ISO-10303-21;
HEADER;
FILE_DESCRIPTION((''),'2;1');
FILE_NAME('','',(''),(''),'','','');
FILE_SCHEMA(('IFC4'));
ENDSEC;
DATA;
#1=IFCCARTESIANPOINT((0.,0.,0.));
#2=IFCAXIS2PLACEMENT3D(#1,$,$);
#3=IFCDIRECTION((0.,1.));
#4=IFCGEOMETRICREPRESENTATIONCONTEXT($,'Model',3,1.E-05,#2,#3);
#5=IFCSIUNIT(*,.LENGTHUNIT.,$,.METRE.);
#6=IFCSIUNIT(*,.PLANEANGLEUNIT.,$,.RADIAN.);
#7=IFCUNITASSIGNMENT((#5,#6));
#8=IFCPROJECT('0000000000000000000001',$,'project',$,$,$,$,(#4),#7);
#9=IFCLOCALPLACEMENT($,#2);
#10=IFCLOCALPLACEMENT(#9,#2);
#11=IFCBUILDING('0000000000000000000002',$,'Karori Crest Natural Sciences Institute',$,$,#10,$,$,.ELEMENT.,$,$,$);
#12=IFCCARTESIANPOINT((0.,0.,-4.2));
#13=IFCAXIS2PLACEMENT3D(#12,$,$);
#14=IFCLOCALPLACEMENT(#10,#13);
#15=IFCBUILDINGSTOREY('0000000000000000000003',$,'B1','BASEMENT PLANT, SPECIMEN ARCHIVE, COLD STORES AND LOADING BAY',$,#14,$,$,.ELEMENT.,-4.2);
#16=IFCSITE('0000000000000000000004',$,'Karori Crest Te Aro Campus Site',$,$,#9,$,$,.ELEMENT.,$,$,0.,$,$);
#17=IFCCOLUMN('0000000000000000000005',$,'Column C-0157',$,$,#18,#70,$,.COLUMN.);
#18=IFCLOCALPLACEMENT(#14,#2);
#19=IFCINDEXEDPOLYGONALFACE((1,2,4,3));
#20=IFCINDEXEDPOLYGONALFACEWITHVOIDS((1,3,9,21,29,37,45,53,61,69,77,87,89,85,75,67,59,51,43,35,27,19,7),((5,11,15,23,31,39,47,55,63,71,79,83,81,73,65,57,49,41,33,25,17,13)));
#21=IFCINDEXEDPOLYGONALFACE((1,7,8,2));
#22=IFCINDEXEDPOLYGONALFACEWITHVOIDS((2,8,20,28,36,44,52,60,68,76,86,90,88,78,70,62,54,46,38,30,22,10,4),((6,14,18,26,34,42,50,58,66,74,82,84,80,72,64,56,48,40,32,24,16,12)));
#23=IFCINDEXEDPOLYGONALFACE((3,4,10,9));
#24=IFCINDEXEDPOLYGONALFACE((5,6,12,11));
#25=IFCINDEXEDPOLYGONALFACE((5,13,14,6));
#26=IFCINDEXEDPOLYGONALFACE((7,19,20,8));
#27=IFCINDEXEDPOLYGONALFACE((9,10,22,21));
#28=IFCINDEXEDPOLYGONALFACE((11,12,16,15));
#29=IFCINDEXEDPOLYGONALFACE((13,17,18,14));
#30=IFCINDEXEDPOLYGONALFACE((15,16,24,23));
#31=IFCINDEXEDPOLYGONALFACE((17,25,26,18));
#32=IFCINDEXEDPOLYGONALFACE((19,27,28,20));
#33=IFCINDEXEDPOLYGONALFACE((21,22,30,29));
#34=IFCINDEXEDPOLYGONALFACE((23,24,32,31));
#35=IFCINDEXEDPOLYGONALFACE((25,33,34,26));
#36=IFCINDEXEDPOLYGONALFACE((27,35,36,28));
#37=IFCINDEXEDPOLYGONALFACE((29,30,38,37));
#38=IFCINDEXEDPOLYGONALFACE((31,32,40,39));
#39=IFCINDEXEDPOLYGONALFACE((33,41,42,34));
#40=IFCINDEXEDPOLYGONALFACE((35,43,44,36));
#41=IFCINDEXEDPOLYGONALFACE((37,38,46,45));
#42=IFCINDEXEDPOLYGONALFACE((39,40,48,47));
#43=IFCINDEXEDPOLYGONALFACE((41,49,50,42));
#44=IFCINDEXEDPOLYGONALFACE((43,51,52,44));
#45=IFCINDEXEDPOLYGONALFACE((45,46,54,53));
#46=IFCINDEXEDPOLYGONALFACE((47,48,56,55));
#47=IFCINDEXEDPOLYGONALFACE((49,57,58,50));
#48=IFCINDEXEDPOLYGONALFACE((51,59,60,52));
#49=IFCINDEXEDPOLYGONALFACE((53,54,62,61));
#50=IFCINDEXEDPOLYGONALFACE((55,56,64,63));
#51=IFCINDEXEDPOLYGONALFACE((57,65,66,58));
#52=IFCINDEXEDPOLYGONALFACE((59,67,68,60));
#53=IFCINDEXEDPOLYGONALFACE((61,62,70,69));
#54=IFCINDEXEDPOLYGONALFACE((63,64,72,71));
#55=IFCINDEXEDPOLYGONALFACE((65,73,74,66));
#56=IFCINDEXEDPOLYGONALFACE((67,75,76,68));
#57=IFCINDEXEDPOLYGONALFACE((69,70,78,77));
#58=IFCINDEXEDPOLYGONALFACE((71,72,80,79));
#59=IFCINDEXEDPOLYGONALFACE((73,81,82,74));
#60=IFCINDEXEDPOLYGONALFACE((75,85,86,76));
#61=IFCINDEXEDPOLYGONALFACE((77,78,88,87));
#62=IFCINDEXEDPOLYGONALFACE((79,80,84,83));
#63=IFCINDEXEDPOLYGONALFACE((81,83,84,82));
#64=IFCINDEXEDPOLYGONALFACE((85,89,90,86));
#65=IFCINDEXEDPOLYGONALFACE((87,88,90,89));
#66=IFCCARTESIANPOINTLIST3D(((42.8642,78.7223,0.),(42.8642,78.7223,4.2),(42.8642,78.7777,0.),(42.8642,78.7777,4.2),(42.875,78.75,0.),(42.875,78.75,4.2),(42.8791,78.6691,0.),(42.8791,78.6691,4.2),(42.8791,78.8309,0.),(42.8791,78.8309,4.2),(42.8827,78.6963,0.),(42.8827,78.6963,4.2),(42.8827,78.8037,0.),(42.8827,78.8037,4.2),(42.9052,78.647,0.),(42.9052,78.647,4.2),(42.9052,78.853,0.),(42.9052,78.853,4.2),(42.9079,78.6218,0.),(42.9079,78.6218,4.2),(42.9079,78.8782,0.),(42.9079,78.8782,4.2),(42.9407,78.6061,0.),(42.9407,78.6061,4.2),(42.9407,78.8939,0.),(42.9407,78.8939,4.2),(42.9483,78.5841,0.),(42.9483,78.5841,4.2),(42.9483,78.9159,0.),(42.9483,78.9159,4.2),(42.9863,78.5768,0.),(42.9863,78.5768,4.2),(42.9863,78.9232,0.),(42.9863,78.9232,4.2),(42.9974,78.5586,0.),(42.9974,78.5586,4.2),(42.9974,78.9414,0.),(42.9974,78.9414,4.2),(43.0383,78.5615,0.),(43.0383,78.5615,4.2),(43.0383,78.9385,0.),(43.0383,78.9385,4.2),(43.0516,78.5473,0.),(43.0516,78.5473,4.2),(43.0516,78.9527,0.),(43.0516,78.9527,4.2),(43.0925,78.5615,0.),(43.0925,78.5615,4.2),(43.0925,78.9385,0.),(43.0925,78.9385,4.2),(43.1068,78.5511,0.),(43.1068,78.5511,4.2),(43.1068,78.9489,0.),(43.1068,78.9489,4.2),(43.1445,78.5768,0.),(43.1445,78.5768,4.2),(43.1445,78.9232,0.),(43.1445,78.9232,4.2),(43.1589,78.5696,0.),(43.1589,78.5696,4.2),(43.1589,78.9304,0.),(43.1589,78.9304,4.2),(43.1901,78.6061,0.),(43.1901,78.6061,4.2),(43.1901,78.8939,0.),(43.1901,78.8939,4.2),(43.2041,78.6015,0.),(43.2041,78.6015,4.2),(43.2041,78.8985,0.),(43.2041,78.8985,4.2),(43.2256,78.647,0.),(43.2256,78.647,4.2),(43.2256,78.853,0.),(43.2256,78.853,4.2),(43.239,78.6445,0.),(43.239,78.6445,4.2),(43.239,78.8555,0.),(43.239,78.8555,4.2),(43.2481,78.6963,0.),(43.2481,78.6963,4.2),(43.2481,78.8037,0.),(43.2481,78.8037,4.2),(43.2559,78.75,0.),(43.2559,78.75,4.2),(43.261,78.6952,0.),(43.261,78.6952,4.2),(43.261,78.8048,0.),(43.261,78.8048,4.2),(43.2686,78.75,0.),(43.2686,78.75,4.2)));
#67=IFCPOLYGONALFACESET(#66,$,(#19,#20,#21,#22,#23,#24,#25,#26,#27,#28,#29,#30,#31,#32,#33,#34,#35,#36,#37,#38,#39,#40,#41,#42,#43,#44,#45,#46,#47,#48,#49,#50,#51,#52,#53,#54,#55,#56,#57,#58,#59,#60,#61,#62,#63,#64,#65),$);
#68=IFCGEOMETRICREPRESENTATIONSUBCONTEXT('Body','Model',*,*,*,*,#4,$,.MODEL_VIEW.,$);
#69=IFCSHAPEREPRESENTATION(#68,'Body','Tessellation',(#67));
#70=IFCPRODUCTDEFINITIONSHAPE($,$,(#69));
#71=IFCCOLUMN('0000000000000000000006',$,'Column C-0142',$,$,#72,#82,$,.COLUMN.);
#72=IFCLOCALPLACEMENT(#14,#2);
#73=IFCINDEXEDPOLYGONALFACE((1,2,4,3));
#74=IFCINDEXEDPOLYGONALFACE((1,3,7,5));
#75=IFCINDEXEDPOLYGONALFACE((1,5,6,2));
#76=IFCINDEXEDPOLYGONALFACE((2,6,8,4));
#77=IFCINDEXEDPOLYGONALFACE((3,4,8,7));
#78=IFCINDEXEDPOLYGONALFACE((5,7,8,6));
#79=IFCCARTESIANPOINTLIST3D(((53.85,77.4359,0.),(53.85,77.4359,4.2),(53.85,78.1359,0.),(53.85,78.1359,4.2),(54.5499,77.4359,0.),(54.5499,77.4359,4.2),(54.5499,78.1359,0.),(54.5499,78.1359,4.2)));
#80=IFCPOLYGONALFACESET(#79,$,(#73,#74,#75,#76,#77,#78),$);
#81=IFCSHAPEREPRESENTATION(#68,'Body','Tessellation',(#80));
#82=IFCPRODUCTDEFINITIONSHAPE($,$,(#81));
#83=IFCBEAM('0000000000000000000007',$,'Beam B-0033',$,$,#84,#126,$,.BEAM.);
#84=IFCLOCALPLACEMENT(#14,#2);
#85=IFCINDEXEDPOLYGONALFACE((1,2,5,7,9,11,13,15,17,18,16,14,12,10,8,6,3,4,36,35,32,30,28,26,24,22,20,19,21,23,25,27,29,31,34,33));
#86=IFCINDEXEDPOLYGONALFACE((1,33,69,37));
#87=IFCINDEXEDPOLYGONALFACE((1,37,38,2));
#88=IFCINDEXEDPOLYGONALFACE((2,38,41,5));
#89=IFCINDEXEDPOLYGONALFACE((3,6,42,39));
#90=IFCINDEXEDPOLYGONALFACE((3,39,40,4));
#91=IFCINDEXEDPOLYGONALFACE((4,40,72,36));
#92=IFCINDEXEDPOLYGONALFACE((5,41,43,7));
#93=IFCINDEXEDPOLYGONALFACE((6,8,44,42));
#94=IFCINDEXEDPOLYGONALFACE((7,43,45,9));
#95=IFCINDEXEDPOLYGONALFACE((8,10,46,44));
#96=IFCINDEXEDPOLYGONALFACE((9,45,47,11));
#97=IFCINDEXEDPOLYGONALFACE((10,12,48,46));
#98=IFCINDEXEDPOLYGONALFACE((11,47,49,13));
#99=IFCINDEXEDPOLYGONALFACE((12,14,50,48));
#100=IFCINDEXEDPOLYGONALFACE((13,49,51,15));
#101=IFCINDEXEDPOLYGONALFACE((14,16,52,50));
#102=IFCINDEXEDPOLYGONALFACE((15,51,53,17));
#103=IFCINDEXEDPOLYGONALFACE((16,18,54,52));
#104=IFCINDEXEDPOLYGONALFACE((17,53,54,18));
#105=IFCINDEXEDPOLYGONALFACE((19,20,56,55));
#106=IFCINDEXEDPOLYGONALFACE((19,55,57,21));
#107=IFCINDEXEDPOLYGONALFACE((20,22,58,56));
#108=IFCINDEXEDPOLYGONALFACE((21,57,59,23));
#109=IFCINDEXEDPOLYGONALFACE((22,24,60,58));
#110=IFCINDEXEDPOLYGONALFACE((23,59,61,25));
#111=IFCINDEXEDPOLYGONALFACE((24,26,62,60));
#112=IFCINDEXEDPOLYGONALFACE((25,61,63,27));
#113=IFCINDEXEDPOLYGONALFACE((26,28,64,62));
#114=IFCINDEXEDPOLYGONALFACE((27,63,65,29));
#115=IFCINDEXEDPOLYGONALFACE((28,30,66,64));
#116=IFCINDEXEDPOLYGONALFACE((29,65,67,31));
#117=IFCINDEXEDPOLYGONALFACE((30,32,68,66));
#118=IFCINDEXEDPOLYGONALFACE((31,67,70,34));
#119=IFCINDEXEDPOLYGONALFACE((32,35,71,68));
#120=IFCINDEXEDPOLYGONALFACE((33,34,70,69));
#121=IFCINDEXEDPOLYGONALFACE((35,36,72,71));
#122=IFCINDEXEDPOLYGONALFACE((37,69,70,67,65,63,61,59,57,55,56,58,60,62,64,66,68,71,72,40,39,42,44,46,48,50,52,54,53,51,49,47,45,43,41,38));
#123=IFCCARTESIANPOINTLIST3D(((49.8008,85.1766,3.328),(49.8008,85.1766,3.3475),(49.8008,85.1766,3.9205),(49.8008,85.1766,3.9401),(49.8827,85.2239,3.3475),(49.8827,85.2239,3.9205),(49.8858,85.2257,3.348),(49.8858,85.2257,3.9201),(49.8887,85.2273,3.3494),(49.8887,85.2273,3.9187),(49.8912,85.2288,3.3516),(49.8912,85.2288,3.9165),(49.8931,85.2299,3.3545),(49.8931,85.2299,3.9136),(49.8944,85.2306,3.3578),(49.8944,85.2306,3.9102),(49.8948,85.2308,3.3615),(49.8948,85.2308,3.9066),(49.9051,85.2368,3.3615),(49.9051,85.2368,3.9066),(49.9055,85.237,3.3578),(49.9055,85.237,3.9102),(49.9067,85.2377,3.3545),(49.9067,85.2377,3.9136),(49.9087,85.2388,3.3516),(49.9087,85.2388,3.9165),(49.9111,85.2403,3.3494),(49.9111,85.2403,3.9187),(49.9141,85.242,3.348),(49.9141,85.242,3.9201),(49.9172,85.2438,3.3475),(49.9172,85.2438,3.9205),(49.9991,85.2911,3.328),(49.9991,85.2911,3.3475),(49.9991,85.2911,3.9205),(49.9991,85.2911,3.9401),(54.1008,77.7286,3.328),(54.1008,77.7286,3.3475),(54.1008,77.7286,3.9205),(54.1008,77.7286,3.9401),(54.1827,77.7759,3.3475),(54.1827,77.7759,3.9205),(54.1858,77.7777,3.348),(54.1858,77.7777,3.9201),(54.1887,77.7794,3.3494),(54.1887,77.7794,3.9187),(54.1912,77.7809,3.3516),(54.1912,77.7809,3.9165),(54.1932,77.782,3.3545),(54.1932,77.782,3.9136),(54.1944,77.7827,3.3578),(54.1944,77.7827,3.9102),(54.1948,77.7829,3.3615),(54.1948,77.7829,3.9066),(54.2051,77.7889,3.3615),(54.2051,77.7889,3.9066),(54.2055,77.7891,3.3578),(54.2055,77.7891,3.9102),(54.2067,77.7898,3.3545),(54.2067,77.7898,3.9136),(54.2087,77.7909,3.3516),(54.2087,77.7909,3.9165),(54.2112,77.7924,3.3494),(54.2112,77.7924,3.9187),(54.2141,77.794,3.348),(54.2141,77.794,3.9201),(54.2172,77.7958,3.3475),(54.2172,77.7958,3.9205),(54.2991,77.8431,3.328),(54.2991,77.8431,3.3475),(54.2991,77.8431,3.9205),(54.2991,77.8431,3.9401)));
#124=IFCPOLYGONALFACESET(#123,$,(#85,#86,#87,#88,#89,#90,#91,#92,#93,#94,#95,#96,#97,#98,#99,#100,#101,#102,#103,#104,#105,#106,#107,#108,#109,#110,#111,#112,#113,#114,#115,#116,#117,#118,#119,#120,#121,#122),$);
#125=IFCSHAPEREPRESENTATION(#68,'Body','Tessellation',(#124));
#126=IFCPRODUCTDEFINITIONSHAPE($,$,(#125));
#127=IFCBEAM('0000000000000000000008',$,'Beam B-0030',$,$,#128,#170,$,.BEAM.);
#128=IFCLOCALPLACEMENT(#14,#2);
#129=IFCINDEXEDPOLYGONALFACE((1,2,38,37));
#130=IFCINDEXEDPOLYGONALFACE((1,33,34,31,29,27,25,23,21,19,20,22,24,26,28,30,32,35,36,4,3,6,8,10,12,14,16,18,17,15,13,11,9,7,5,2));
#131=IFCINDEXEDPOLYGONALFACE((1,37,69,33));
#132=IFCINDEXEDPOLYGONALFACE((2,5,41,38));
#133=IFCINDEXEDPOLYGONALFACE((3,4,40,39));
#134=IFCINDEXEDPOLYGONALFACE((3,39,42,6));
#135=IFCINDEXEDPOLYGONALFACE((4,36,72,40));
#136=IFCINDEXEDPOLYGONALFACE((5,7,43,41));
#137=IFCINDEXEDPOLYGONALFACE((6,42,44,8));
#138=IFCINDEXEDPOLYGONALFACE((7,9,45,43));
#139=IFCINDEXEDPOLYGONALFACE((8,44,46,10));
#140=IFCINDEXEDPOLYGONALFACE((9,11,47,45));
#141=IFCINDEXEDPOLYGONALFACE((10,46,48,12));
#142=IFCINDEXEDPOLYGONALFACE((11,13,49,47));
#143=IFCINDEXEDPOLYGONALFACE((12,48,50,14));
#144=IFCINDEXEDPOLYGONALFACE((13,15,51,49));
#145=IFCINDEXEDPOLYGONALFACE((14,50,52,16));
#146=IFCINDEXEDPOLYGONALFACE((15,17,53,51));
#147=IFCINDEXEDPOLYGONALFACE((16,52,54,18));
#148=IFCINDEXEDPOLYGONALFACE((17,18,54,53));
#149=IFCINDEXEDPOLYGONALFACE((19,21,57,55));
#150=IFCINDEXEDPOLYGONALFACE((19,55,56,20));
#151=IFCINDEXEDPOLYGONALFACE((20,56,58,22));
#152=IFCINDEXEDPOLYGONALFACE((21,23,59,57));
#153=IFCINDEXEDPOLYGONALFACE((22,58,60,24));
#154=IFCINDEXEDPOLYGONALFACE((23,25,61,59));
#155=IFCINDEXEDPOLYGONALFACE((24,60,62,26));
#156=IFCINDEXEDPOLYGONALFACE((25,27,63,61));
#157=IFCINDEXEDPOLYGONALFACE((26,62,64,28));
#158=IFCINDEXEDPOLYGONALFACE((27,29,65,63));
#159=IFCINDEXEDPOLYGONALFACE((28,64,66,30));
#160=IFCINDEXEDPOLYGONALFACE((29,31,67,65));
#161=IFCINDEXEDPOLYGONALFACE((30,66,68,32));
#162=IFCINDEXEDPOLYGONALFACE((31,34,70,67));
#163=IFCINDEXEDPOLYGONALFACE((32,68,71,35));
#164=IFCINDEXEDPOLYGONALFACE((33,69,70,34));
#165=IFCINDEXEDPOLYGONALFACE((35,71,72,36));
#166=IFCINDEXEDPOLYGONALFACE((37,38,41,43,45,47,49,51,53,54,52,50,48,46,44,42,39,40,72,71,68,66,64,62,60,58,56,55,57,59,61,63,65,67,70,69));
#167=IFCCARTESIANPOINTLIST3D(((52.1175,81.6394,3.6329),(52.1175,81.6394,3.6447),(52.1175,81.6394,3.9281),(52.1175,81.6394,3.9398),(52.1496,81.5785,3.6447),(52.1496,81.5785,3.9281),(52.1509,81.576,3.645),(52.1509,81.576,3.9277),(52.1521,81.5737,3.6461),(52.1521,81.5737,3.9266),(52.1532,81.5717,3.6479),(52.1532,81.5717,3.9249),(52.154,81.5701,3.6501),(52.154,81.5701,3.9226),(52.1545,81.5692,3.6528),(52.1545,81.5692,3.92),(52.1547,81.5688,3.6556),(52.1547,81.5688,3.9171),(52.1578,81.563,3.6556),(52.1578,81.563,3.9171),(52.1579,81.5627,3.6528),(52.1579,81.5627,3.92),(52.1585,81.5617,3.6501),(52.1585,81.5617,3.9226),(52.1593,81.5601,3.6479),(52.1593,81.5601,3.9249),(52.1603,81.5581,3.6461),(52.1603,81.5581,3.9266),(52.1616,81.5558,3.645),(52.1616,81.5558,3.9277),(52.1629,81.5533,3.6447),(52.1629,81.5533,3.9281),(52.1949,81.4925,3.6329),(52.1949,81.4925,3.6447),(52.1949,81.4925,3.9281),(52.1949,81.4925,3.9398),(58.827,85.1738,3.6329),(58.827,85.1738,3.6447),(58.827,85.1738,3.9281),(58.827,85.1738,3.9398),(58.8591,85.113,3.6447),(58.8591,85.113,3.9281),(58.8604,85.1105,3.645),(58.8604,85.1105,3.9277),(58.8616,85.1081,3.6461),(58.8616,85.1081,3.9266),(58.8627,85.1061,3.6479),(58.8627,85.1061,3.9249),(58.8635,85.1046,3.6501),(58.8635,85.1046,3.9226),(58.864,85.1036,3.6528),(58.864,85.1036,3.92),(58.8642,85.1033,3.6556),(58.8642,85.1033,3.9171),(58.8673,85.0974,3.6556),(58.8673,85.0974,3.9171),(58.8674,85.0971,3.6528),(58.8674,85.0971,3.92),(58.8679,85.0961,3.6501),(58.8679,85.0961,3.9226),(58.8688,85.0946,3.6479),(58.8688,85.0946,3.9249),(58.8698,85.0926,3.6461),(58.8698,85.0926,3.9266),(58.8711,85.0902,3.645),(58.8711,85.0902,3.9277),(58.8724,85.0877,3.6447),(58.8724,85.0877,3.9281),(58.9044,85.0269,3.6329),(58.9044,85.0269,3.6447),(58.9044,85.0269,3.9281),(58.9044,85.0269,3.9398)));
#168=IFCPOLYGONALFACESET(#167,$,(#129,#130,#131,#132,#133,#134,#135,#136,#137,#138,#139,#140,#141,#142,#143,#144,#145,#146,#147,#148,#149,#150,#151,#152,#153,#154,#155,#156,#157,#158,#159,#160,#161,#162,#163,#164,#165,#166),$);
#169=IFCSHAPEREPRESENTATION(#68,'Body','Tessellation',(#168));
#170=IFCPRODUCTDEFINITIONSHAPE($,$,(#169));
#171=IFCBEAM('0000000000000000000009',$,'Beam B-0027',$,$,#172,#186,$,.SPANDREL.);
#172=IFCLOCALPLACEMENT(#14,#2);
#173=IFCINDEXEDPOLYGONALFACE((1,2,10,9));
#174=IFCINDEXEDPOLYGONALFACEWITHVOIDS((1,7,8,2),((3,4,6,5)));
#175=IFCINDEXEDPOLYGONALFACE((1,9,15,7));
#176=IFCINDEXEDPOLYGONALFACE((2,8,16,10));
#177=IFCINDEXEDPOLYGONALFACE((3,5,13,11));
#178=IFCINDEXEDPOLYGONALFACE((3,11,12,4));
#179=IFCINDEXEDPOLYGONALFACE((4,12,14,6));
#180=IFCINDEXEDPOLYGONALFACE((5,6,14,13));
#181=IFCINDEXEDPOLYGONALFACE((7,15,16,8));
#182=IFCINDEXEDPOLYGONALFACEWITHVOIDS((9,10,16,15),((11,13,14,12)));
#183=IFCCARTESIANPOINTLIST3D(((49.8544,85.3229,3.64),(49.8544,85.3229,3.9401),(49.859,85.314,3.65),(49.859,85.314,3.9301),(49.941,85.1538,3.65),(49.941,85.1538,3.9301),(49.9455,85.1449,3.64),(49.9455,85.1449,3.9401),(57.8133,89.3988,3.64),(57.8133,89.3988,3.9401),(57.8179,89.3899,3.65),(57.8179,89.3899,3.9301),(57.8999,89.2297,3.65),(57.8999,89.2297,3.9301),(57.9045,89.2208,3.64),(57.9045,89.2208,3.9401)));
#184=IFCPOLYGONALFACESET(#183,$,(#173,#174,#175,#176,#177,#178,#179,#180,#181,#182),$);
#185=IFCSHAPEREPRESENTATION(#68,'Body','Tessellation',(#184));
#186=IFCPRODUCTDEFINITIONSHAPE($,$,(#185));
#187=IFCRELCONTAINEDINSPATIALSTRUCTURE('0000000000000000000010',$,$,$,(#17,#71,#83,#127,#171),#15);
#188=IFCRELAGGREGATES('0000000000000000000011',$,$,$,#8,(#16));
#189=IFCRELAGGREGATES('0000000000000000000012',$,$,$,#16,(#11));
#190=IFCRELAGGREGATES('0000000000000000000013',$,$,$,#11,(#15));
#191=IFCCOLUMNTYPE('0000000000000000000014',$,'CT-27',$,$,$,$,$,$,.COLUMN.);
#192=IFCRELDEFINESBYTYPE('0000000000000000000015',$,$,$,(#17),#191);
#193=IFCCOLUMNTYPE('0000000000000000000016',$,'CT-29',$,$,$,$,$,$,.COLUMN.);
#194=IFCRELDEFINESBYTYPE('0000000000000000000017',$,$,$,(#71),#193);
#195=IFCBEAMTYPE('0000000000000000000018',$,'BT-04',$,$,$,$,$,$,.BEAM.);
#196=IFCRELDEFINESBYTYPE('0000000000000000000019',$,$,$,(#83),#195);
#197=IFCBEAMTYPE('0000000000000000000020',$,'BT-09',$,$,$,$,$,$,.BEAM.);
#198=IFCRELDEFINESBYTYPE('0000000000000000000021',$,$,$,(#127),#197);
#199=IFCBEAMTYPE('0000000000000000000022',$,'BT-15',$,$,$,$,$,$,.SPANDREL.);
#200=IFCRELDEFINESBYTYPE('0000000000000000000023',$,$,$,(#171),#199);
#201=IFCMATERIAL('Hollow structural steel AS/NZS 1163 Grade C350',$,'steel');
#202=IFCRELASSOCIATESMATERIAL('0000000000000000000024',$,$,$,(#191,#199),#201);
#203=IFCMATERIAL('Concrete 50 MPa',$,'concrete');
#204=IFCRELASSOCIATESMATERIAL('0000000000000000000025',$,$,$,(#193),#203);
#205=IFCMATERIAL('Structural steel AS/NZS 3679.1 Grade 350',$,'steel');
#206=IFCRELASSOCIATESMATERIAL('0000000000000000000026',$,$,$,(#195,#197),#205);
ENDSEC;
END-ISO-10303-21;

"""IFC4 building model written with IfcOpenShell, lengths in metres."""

from ifc_helpers import new_model, si_unit, direction, frame, origin, origin_2d, place, context, subcontext, project, spatial, rectangle, hollow_rectangle, hollow_circle, i_section, extrude, material, material_profile, profile_set, type_object, element, save


model = new_model("IFC4")

# Units and contexts
model_context = context("Model", 3, precision=1e-05, world=origin(), true_north=direction((0.0, 1.0)))
body_context = subcontext(model_context, "Body", "Model", "MODEL_VIEW")
ifc_project = project(units=[si_unit("LENGTHUNIT", "METRE"), si_unit("PLANEANGLEUNIT", "RADIAN")], contexts=[model_context])

# Site, building, storey
site_placement = place(None, origin())
site = spatial("IfcSite", under=ifc_project, at=site_placement, Name="Karori Crest Te Aro Campus Site", CompositionType="ELEMENT", RefElevation=0.0)
building_placement = place(site_placement, origin())
building = spatial("IfcBuilding", under=site, at=building_placement, Name="Karori Crest Natural Sciences Institute", CompositionType="ELEMENT")
storey_placement = place(building_placement, frame((0.0, 0.0, -4.2)))
storey = spatial("IfcBuildingStorey", under=building, at=storey_placement, Name="B1", Description="BASEMENT PLANT, SPECIMEN ARCHIVE, COLD STORES AND LOADING BAY", CompositionType="ELEMENT", Elevation=-4.2)

# Columns
ifc_material_1 = material(Name="Structural steel AS/NZS 3679.1 Grade 350", Category="steel")
ifc_material_2 = material(Name="Hollow structural steel AS/NZS 1163 Grade C350", Category="steel")
ifc_material_profile_1 = material_profile(ifc_material_2, hollow_circle(Radius=0.2031, WallThickness=0.0127, at=origin_2d()), Name="CHS406.4x12.7")
ifc_profile_set_1 = profile_set([ifc_material_profile_1], Name="Hollow structural steel AS/NZS 1163 Grade C350")
column_type_1 = type_object("IfcColumnType", Name="CT-27", PredefinedType="COLUMN", material=ifc_profile_set_1)
column_1_placement = place(storey_placement, frame((43.0654, 78.75, 0.0), z_axis=(0.0, 0.0, 1.0), x_axis=(1.0, 0.0, 0.0)))
element("IfcColumn", 1, at=column_1_placement, inside=storey, type_object=column_type_1, Name="Column C-0157", PredefinedType="COLUMN", context=body_context, shape_type="SweptSolid", body=[
    extrude(hollow_circle(Radius=0.2031, WallThickness=0.0127, at=origin_2d()), origin(), (0.0, 0.0, 1.0), 4.2),
])
ifc_material_3 = material(Name="Concrete 50 MPa", Category="concrete")
ifc_material_profile_2 = material_profile(ifc_material_3, rectangle(XDim=0.7, YDim=0.7, at=origin_2d()), Name="RC700x700")
ifc_profile_set_2 = profile_set([ifc_material_profile_2], Name="Concrete 50 MPa")
column_type_2 = type_object("IfcColumnType", Name="CT-29", PredefinedType="COLUMN", material=ifc_profile_set_2)
column_2_placement = place(storey_placement, frame((54.2, 77.7859, 0.0), z_axis=(0.0, 0.0, 1.0), x_axis=(1.0, 0.0, 0.0)))
element("IfcColumn", 2, at=column_2_placement, inside=storey, type_object=column_type_2, Name="Column C-0142", PredefinedType="COLUMN", context=body_context, shape_type="SweptSolid", body=[
    extrude(rectangle(XDim=0.7, YDim=0.7, at=origin_2d()), origin(), (0.0, 0.0, 1.0), 4.2),
])

# Beams
ifc_material_profile_3 = material_profile(ifc_material_1, i_section(OverallWidth=0.229, OverallDepth=0.6121, WebThickness=0.012, FlangeThickness=0.0195, FilletRadius=0.0139, at=origin_2d()), Name="610UB125")
ifc_profile_set_3 = profile_set([ifc_material_profile_3], Name="Structural steel AS/NZS 3679.1 Grade 350")
beam_type_1 = type_object("IfcBeamType", Name="BT-04", PredefinedType="BEAM", material=ifc_profile_set_3)
beam_1_placement = place(storey_placement, frame((54.2, 77.7859, 3.634), z_axis=(-0.499995, 0.866028, 0.0), x_axis=(-0.866028, -0.499995, 0.0)))
element("IfcBeam", 3, at=beam_1_placement, inside=storey, type_object=beam_type_1, Name="Beam B-0033", PredefinedType="BEAM", context=body_context, shape_type="SweptSolid", body=[
    extrude(i_section(OverallWidth=0.229, OverallDepth=0.6121, WebThickness=0.012, FlangeThickness=0.0195, FilletRadius=0.0139, at=origin_2d()), origin(), (0.0, 0.0, 1.0), 8.6001),
])
ifc_material_profile_4 = material_profile(ifc_material_1, i_section(OverallWidth=0.166, OverallDepth=0.3069, WebThickness=0.0066, FlangeThickness=0.0117, FilletRadius=0.011, at=origin_2d()), Name="310UB46.2")
ifc_profile_set_4 = profile_set([ifc_material_profile_4], Name="Structural steel AS/NZS 3679.1 Grade 350")
beam_type_2 = type_object("IfcBeamType", Name="BT-09", PredefinedType="BEAM", material=ifc_profile_set_4)
beam_2_placement = place(storey_placement, frame((58.8657, 85.1003, 3.7864), z_axis=(-0.884748, -0.466069, 0.0), x_axis=(0.466069, -0.884748, 0.0)))
element("IfcBeam", 4, at=beam_2_placement, inside=storey, type_object=beam_type_2, Name="Beam B-0030", PredefinedType="BEAM", context=body_context, shape_type="SweptSolid", body=[
    extrude(i_section(OverallWidth=0.166, OverallDepth=0.3069, WebThickness=0.0066, FlangeThickness=0.0117, FilletRadius=0.011, at=origin_2d()), origin(), (0.0, 0.0, 1.0), 7.5835),
])
ifc_material_profile_5 = material_profile(ifc_material_2, hollow_rectangle(XDim=0.2, YDim=0.3, WallThickness=0.01, at=origin_2d()), Name="RHS300x200x10")
ifc_profile_set_5 = profile_set([ifc_material_profile_5], Name="Hollow structural steel AS/NZS 1163 Grade C350")
beam_type_3 = type_object("IfcBeamType", Name="BT-15", PredefinedType="SPANDREL", material=ifc_profile_set_5)
beam_3_placement = place(storey_placement, frame((57.8589, 89.3098, 3.79), z_axis=(-0.890072, -0.45582, 0.0), x_axis=(0.45582, -0.890072, 0.0)))
element("IfcBeam", 5, at=beam_3_placement, inside=storey, type_object=beam_type_3, Name="Beam B-0027", PredefinedType="SPANDREL", context=body_context, shape_type="SweptSolid", body=[
    extrude(hollow_rectangle(XDim=0.2, YDim=0.3, WallThickness=0.01, at=origin_2d()), origin(), (0.0, 0.0, 1.0), 8.9419),
])

save(model, "model.ifc")
